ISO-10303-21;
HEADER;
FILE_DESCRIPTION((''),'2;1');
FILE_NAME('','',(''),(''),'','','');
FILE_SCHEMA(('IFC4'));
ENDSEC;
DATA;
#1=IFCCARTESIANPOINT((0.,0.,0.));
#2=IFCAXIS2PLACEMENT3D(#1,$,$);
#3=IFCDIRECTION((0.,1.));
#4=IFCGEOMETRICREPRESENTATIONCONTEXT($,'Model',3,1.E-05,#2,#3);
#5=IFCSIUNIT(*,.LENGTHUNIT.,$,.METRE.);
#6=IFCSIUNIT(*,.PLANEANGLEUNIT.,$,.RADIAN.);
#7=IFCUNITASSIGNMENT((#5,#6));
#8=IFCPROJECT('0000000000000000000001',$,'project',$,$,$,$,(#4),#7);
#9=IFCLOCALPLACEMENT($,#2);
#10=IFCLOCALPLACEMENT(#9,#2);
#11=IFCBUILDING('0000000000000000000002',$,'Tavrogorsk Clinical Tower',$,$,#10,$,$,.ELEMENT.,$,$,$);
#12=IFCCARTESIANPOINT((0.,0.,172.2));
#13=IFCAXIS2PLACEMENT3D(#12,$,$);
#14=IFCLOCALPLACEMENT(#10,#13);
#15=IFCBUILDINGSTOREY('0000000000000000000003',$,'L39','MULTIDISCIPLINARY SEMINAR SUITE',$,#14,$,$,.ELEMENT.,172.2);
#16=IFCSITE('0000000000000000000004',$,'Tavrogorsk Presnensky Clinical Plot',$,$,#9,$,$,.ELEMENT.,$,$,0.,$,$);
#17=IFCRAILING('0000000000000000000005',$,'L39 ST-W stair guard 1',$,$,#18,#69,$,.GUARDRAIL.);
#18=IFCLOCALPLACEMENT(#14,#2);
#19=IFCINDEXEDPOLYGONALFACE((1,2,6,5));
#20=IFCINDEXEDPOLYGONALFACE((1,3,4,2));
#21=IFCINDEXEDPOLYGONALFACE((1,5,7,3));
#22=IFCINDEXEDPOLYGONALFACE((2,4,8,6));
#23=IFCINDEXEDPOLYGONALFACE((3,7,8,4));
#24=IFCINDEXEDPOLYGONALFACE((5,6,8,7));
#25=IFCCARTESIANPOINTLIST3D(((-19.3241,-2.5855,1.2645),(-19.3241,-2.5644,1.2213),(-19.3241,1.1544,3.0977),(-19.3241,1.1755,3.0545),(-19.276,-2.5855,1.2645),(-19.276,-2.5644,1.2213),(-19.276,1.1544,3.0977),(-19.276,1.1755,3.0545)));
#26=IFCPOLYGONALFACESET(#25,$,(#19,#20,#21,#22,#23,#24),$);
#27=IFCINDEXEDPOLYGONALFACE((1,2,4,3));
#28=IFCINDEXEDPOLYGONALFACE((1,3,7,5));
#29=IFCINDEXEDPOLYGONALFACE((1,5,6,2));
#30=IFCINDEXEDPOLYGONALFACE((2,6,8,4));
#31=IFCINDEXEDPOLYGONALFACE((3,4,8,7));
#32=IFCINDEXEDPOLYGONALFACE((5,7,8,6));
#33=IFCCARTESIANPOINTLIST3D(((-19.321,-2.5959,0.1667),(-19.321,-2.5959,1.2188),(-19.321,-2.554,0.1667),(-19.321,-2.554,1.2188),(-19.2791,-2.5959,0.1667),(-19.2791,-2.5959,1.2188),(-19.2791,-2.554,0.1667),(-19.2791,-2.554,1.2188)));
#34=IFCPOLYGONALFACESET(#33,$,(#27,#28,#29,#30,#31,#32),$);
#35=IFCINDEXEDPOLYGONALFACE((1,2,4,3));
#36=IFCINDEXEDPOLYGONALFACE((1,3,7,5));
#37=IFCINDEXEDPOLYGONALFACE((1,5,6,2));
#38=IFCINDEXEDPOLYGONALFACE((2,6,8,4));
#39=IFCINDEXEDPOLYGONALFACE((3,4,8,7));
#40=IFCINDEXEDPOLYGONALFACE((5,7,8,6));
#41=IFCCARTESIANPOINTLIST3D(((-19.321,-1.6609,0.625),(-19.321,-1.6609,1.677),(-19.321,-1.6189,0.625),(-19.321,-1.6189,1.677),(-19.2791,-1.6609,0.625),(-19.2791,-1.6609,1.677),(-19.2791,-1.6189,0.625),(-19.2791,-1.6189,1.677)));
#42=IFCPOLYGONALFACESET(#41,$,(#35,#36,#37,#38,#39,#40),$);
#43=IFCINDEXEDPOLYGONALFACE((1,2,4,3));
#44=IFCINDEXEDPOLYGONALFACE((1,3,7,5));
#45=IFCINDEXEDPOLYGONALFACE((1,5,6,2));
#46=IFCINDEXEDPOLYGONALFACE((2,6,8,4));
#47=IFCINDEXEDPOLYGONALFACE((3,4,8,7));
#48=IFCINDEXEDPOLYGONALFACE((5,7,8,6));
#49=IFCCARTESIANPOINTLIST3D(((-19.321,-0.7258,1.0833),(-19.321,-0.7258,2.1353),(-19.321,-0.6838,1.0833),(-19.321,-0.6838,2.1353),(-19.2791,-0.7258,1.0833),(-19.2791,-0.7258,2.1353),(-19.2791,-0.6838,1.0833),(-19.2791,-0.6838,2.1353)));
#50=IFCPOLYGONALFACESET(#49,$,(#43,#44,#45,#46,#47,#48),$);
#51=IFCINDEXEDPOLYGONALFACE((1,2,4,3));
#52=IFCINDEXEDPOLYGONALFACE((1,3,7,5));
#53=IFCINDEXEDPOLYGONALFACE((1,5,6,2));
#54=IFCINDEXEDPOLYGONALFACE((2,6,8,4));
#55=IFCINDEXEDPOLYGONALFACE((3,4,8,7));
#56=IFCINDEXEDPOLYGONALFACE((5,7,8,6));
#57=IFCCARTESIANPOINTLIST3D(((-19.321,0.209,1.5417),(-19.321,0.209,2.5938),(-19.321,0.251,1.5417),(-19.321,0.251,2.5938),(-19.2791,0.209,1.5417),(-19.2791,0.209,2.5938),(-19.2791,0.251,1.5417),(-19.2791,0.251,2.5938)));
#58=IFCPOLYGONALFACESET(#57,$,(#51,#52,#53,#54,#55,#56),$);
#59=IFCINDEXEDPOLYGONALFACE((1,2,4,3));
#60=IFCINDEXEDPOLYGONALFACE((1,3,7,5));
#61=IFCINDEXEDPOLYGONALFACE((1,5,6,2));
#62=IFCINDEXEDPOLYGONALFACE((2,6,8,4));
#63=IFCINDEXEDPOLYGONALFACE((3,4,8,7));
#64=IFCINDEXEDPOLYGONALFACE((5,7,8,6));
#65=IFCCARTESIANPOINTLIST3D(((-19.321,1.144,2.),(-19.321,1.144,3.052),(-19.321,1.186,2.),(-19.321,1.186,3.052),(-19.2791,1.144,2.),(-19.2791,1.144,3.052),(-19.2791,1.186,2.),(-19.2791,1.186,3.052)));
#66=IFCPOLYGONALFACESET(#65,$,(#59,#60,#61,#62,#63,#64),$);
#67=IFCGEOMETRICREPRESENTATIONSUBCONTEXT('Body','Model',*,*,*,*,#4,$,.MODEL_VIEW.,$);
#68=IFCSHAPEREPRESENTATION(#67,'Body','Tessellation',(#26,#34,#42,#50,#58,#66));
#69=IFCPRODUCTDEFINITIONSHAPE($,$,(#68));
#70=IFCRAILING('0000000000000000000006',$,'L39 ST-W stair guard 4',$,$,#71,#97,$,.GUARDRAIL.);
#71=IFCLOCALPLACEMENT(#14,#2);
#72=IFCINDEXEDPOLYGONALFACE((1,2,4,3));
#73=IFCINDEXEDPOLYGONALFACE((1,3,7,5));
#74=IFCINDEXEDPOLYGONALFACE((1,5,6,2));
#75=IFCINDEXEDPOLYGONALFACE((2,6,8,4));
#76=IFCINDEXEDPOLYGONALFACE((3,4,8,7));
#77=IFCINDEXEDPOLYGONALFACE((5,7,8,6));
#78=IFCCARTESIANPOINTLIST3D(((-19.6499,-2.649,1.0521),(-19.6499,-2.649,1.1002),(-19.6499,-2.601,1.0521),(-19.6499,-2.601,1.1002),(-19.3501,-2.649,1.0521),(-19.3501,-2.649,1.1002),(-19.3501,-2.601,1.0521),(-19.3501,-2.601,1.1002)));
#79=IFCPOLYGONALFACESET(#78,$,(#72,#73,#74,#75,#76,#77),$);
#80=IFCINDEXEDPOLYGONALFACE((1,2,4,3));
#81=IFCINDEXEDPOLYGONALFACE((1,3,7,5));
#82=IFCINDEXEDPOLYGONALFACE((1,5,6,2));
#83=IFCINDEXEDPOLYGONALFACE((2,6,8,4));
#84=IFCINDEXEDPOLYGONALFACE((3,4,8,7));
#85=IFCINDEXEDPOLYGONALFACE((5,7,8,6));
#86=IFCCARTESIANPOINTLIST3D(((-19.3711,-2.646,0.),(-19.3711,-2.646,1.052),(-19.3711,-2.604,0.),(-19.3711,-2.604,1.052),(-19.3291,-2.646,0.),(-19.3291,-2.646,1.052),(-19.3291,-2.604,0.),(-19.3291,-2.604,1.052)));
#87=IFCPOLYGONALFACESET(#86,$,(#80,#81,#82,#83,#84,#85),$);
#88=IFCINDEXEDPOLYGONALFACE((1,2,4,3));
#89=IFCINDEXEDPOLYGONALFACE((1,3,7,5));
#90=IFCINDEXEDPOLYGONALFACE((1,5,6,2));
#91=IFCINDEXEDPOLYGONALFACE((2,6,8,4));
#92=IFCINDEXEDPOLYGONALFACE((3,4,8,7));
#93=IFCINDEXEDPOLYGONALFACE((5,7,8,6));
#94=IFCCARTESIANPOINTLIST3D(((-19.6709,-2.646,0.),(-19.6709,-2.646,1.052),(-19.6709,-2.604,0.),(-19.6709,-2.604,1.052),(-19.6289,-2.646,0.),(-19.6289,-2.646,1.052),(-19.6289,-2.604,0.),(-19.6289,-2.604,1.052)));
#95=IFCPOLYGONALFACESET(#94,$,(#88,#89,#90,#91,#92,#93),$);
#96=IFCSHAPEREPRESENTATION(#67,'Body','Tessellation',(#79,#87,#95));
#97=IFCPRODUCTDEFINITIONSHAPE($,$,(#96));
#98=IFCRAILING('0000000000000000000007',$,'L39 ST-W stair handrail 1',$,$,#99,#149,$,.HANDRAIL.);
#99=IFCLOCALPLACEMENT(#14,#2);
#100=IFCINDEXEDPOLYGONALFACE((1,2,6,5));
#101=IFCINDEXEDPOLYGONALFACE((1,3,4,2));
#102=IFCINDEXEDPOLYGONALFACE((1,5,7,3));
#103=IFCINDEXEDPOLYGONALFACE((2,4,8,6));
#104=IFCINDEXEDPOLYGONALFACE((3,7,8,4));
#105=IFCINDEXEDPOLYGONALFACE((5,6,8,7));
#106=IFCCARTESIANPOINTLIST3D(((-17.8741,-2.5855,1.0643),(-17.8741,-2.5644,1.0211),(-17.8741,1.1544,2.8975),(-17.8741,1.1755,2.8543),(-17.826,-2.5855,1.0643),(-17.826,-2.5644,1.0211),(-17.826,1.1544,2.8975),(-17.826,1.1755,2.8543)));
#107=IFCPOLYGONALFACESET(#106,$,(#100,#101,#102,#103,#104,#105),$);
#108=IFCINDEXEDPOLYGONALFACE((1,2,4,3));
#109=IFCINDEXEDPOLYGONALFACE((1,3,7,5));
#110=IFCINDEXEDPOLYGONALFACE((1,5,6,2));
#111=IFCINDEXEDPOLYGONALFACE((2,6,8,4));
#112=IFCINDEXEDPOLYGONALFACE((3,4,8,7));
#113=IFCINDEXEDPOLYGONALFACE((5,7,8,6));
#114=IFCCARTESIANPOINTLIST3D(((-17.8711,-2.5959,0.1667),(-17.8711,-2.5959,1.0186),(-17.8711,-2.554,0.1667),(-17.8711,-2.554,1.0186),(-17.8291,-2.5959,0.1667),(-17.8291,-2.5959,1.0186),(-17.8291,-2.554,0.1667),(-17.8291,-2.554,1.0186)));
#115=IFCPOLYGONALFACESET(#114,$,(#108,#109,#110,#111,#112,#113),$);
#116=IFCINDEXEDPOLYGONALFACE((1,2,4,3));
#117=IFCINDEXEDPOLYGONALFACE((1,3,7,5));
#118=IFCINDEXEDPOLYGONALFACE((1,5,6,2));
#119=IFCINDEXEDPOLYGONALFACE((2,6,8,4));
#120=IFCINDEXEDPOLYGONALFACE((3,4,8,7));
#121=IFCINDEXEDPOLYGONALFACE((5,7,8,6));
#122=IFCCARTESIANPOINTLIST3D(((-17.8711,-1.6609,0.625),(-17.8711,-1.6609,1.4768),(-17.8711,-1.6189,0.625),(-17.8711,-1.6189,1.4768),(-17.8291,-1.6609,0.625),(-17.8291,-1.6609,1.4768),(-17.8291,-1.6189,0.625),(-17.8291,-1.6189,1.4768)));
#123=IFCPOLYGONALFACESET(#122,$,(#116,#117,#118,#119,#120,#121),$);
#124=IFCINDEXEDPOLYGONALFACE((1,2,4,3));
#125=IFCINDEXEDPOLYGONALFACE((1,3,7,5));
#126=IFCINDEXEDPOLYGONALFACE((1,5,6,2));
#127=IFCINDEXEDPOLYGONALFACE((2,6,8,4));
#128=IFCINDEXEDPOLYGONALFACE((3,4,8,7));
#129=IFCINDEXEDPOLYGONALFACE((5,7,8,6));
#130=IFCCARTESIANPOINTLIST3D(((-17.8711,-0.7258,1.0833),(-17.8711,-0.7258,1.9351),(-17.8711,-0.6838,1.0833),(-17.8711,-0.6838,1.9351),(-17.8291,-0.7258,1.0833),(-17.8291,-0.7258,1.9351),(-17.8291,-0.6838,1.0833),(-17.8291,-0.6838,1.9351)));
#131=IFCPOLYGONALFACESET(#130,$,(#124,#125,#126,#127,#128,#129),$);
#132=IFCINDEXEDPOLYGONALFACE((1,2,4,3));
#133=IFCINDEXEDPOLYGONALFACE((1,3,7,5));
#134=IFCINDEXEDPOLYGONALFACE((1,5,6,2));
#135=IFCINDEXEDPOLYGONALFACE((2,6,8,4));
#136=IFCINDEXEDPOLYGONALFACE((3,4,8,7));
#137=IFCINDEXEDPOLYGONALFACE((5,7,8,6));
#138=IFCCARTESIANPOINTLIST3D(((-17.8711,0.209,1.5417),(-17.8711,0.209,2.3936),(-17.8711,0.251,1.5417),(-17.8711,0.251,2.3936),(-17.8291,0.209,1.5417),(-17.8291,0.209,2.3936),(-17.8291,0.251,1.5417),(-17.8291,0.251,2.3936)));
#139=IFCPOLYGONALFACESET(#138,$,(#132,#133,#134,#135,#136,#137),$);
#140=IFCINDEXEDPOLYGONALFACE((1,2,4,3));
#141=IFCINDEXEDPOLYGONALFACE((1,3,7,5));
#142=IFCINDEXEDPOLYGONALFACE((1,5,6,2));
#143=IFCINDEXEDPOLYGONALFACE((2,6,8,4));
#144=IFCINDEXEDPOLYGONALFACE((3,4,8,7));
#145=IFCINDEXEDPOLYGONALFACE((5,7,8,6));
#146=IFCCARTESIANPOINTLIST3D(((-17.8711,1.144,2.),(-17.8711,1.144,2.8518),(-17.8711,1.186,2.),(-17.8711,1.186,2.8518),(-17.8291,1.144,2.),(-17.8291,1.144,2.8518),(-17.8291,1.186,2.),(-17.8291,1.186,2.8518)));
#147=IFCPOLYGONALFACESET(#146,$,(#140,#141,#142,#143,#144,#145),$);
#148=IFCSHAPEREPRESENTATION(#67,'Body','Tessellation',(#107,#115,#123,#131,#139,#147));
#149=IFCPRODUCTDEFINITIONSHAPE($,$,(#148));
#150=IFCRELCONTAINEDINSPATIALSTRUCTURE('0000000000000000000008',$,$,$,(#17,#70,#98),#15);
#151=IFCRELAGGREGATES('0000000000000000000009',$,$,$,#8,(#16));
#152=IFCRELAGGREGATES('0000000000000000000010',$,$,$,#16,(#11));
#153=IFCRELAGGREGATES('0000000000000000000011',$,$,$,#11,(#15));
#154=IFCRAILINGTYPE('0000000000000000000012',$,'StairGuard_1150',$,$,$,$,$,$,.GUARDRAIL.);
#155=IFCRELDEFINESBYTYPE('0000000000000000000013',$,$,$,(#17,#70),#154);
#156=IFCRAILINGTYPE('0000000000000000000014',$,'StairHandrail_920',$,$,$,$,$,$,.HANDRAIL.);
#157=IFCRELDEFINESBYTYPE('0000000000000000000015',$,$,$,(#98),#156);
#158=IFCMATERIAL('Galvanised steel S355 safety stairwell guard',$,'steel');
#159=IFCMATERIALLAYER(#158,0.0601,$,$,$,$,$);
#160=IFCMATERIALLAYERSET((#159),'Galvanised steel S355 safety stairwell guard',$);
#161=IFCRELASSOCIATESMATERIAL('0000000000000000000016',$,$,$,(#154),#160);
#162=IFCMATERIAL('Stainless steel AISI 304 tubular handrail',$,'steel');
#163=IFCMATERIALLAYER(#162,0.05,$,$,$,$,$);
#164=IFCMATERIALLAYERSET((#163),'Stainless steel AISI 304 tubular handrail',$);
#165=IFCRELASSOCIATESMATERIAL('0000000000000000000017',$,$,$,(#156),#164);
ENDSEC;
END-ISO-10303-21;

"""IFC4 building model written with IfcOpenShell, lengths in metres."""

from ifc_helpers import new_model, si_unit, direction, frame, origin, origin_2d, place, context, subcontext, project, spatial, rectangle, extrude, material, layer, layer_set, type_object, element, save


model = new_model("IFC4")

# Units and contexts
model_context = context("Model", 3, precision=1e-05, world=origin(), true_north=direction((0.0, 1.0)))
body_context = subcontext(model_context, "Body", "Model", "MODEL_VIEW")
ifc_project = project(units=[si_unit("LENGTHUNIT", "METRE"), si_unit("PLANEANGLEUNIT", "RADIAN")], contexts=[model_context])

# Site, building, storey
site_placement = place(None, origin())
site = spatial("IfcSite", under=ifc_project, at=site_placement, Name="Tavrogorsk Presnensky Clinical Plot", CompositionType="ELEMENT", RefElevation=0.0)
building_placement = place(site_placement, origin())
building = spatial("IfcBuilding", under=site, at=building_placement, Name="Tavrogorsk Clinical Tower", CompositionType="ELEMENT")
storey_placement = place(building_placement, frame((0.0, 0.0, 172.2)))
storey = spatial("IfcBuildingStorey", under=building, at=storey_placement, Name="L39", Description="MULTIDISCIPLINARY SEMINAR SUITE", CompositionType="ELEMENT", Elevation=172.2)

# Railings
ifc_material_1 = material(Name="Galvanised steel S355 safety stairwell guard", Category="steel")
ifc_layer_1 = layer(ifc_material_1, 0.0601)
ifc_layer_set_1 = layer_set([ifc_layer_1], Name="Galvanised steel S355 safety stairwell guard")
railing_type_1 = type_object("IfcRailingType", Name="StairGuard_1150", PredefinedType="GUARDRAIL", material=ifc_layer_set_1)
railing_1_placement = place(storey_placement, frame((-19.3, -2.575, 0.1667)))
element("IfcRailing", 1, at=railing_1_placement, inside=storey, type_object=railing_type_1, Name="L39 ST-W stair guard 1", PredefinedType="GUARDRAIL", context=body_context, shape_type="SweptSolid", body=[
    extrude(rectangle(XDim=0.0481, YDim=0.0481, at=origin_2d()), frame((0.0, 0.0, 1.0762), z_axis=(0.0, 0.897928, 0.440142), x_axis=(-1.0, 0.0, 0.0)), (0.0, 0.0, 1.0), 4.165),
    extrude(rectangle(XDim=0.042, YDim=0.042, at=origin_2d()), origin(), (0.0, 0.0, 1.0), 1.052),
    extrude(rectangle(XDim=0.042, YDim=0.042, at=origin_2d()), frame((0.0, 0.9351, 0.4583)), (0.0, 0.0, 1.0), 1.052),
    extrude(rectangle(XDim=0.042, YDim=0.042, at=origin_2d()), frame((0.0, 1.8701, 0.9165)), (0.0, 0.0, 1.0), 1.052),
    extrude(rectangle(XDim=0.042, YDim=0.042, at=origin_2d()), frame((0.0, 2.8049, 1.375)), (0.0, 0.0, 1.0), 1.052),
    extrude(rectangle(XDim=0.042, YDim=0.042, at=origin_2d()), frame((0.0, 3.74, 1.8333)), (0.0, 0.0, 1.0), 1.052),
])
railing_2_placement = place(storey_placement, frame((-19.3501, -2.625, 0.0)))
element("IfcRailing", 2, at=railing_2_placement, inside=storey, type_object=railing_type_1, Name="L39 ST-W stair guard 4", PredefinedType="GUARDRAIL", context=body_context, shape_type="SweptSolid", body=[
    extrude(rectangle(XDim=0.0481, YDim=0.0481, at=origin_2d()), frame((0.0, 0.0, 1.0762), z_axis=(-1.0, 0.0, 0.0), x_axis=(0.0, -1.0, 0.0)), (0.0, 0.0, 1.0), 0.2998),
    extrude(rectangle(XDim=0.042, YDim=0.042, at=origin_2d()), origin(), (0.0, 0.0, 1.0), 1.052),
    extrude(rectangle(XDim=0.042, YDim=0.042, at=origin_2d()), frame((-0.2998, 0.0, 0.0)), (0.0, 0.0, 1.0), 1.052),
])
ifc_material_2 = material(Name="Stainless steel AISI 304 tubular handrail", Category="steel")
ifc_layer_2 = layer(ifc_material_2, 0.05)
ifc_layer_set_2 = layer_set([ifc_layer_2], Name="Stainless steel AISI 304 tubular handrail")
railing_type_2 = type_object("IfcRailingType", Name="StairHandrail_920", PredefinedType="HANDRAIL", material=ifc_layer_set_2)
railing_3_placement = place(storey_placement, frame((-17.8501, -2.575, 0.1667)))
element("IfcRailing", 3, at=railing_3_placement, inside=storey, type_object=railing_type_2, Name="L39 ST-W stair handrail 1", PredefinedType="HANDRAIL", context=body_context, shape_type="SweptSolid", body=[
    extrude(rectangle(XDim=0.0481, YDim=0.0481, at=origin_2d()), frame((0.0, 0.0, 0.876), z_axis=(0.0, 0.897928, 0.440142), x_axis=(-1.0, 0.0, 0.0)), (0.0, 0.0, 1.0), 4.165),
    extrude(rectangle(XDim=0.042, YDim=0.042, at=origin_2d()), origin(), (0.0, 0.0, 1.0), 0.8518),
    extrude(rectangle(XDim=0.042, YDim=0.042, at=origin_2d()), frame((0.0, 0.9351, 0.4583)), (0.0, 0.0, 1.0), 0.8518),
    extrude(rectangle(XDim=0.042, YDim=0.042, at=origin_2d()), frame((0.0, 1.8701, 0.9165)), (0.0, 0.0, 1.0), 0.8518),
    extrude(rectangle(XDim=0.042, YDim=0.042, at=origin_2d()), frame((0.0, 2.8049, 1.375)), (0.0, 0.0, 1.0), 0.8518),
    extrude(rectangle(XDim=0.042, YDim=0.042, at=origin_2d()), frame((0.0, 3.74, 1.8333)), (0.0, 0.0, 1.0), 0.8518),
])

save(model, "model.ifc")
